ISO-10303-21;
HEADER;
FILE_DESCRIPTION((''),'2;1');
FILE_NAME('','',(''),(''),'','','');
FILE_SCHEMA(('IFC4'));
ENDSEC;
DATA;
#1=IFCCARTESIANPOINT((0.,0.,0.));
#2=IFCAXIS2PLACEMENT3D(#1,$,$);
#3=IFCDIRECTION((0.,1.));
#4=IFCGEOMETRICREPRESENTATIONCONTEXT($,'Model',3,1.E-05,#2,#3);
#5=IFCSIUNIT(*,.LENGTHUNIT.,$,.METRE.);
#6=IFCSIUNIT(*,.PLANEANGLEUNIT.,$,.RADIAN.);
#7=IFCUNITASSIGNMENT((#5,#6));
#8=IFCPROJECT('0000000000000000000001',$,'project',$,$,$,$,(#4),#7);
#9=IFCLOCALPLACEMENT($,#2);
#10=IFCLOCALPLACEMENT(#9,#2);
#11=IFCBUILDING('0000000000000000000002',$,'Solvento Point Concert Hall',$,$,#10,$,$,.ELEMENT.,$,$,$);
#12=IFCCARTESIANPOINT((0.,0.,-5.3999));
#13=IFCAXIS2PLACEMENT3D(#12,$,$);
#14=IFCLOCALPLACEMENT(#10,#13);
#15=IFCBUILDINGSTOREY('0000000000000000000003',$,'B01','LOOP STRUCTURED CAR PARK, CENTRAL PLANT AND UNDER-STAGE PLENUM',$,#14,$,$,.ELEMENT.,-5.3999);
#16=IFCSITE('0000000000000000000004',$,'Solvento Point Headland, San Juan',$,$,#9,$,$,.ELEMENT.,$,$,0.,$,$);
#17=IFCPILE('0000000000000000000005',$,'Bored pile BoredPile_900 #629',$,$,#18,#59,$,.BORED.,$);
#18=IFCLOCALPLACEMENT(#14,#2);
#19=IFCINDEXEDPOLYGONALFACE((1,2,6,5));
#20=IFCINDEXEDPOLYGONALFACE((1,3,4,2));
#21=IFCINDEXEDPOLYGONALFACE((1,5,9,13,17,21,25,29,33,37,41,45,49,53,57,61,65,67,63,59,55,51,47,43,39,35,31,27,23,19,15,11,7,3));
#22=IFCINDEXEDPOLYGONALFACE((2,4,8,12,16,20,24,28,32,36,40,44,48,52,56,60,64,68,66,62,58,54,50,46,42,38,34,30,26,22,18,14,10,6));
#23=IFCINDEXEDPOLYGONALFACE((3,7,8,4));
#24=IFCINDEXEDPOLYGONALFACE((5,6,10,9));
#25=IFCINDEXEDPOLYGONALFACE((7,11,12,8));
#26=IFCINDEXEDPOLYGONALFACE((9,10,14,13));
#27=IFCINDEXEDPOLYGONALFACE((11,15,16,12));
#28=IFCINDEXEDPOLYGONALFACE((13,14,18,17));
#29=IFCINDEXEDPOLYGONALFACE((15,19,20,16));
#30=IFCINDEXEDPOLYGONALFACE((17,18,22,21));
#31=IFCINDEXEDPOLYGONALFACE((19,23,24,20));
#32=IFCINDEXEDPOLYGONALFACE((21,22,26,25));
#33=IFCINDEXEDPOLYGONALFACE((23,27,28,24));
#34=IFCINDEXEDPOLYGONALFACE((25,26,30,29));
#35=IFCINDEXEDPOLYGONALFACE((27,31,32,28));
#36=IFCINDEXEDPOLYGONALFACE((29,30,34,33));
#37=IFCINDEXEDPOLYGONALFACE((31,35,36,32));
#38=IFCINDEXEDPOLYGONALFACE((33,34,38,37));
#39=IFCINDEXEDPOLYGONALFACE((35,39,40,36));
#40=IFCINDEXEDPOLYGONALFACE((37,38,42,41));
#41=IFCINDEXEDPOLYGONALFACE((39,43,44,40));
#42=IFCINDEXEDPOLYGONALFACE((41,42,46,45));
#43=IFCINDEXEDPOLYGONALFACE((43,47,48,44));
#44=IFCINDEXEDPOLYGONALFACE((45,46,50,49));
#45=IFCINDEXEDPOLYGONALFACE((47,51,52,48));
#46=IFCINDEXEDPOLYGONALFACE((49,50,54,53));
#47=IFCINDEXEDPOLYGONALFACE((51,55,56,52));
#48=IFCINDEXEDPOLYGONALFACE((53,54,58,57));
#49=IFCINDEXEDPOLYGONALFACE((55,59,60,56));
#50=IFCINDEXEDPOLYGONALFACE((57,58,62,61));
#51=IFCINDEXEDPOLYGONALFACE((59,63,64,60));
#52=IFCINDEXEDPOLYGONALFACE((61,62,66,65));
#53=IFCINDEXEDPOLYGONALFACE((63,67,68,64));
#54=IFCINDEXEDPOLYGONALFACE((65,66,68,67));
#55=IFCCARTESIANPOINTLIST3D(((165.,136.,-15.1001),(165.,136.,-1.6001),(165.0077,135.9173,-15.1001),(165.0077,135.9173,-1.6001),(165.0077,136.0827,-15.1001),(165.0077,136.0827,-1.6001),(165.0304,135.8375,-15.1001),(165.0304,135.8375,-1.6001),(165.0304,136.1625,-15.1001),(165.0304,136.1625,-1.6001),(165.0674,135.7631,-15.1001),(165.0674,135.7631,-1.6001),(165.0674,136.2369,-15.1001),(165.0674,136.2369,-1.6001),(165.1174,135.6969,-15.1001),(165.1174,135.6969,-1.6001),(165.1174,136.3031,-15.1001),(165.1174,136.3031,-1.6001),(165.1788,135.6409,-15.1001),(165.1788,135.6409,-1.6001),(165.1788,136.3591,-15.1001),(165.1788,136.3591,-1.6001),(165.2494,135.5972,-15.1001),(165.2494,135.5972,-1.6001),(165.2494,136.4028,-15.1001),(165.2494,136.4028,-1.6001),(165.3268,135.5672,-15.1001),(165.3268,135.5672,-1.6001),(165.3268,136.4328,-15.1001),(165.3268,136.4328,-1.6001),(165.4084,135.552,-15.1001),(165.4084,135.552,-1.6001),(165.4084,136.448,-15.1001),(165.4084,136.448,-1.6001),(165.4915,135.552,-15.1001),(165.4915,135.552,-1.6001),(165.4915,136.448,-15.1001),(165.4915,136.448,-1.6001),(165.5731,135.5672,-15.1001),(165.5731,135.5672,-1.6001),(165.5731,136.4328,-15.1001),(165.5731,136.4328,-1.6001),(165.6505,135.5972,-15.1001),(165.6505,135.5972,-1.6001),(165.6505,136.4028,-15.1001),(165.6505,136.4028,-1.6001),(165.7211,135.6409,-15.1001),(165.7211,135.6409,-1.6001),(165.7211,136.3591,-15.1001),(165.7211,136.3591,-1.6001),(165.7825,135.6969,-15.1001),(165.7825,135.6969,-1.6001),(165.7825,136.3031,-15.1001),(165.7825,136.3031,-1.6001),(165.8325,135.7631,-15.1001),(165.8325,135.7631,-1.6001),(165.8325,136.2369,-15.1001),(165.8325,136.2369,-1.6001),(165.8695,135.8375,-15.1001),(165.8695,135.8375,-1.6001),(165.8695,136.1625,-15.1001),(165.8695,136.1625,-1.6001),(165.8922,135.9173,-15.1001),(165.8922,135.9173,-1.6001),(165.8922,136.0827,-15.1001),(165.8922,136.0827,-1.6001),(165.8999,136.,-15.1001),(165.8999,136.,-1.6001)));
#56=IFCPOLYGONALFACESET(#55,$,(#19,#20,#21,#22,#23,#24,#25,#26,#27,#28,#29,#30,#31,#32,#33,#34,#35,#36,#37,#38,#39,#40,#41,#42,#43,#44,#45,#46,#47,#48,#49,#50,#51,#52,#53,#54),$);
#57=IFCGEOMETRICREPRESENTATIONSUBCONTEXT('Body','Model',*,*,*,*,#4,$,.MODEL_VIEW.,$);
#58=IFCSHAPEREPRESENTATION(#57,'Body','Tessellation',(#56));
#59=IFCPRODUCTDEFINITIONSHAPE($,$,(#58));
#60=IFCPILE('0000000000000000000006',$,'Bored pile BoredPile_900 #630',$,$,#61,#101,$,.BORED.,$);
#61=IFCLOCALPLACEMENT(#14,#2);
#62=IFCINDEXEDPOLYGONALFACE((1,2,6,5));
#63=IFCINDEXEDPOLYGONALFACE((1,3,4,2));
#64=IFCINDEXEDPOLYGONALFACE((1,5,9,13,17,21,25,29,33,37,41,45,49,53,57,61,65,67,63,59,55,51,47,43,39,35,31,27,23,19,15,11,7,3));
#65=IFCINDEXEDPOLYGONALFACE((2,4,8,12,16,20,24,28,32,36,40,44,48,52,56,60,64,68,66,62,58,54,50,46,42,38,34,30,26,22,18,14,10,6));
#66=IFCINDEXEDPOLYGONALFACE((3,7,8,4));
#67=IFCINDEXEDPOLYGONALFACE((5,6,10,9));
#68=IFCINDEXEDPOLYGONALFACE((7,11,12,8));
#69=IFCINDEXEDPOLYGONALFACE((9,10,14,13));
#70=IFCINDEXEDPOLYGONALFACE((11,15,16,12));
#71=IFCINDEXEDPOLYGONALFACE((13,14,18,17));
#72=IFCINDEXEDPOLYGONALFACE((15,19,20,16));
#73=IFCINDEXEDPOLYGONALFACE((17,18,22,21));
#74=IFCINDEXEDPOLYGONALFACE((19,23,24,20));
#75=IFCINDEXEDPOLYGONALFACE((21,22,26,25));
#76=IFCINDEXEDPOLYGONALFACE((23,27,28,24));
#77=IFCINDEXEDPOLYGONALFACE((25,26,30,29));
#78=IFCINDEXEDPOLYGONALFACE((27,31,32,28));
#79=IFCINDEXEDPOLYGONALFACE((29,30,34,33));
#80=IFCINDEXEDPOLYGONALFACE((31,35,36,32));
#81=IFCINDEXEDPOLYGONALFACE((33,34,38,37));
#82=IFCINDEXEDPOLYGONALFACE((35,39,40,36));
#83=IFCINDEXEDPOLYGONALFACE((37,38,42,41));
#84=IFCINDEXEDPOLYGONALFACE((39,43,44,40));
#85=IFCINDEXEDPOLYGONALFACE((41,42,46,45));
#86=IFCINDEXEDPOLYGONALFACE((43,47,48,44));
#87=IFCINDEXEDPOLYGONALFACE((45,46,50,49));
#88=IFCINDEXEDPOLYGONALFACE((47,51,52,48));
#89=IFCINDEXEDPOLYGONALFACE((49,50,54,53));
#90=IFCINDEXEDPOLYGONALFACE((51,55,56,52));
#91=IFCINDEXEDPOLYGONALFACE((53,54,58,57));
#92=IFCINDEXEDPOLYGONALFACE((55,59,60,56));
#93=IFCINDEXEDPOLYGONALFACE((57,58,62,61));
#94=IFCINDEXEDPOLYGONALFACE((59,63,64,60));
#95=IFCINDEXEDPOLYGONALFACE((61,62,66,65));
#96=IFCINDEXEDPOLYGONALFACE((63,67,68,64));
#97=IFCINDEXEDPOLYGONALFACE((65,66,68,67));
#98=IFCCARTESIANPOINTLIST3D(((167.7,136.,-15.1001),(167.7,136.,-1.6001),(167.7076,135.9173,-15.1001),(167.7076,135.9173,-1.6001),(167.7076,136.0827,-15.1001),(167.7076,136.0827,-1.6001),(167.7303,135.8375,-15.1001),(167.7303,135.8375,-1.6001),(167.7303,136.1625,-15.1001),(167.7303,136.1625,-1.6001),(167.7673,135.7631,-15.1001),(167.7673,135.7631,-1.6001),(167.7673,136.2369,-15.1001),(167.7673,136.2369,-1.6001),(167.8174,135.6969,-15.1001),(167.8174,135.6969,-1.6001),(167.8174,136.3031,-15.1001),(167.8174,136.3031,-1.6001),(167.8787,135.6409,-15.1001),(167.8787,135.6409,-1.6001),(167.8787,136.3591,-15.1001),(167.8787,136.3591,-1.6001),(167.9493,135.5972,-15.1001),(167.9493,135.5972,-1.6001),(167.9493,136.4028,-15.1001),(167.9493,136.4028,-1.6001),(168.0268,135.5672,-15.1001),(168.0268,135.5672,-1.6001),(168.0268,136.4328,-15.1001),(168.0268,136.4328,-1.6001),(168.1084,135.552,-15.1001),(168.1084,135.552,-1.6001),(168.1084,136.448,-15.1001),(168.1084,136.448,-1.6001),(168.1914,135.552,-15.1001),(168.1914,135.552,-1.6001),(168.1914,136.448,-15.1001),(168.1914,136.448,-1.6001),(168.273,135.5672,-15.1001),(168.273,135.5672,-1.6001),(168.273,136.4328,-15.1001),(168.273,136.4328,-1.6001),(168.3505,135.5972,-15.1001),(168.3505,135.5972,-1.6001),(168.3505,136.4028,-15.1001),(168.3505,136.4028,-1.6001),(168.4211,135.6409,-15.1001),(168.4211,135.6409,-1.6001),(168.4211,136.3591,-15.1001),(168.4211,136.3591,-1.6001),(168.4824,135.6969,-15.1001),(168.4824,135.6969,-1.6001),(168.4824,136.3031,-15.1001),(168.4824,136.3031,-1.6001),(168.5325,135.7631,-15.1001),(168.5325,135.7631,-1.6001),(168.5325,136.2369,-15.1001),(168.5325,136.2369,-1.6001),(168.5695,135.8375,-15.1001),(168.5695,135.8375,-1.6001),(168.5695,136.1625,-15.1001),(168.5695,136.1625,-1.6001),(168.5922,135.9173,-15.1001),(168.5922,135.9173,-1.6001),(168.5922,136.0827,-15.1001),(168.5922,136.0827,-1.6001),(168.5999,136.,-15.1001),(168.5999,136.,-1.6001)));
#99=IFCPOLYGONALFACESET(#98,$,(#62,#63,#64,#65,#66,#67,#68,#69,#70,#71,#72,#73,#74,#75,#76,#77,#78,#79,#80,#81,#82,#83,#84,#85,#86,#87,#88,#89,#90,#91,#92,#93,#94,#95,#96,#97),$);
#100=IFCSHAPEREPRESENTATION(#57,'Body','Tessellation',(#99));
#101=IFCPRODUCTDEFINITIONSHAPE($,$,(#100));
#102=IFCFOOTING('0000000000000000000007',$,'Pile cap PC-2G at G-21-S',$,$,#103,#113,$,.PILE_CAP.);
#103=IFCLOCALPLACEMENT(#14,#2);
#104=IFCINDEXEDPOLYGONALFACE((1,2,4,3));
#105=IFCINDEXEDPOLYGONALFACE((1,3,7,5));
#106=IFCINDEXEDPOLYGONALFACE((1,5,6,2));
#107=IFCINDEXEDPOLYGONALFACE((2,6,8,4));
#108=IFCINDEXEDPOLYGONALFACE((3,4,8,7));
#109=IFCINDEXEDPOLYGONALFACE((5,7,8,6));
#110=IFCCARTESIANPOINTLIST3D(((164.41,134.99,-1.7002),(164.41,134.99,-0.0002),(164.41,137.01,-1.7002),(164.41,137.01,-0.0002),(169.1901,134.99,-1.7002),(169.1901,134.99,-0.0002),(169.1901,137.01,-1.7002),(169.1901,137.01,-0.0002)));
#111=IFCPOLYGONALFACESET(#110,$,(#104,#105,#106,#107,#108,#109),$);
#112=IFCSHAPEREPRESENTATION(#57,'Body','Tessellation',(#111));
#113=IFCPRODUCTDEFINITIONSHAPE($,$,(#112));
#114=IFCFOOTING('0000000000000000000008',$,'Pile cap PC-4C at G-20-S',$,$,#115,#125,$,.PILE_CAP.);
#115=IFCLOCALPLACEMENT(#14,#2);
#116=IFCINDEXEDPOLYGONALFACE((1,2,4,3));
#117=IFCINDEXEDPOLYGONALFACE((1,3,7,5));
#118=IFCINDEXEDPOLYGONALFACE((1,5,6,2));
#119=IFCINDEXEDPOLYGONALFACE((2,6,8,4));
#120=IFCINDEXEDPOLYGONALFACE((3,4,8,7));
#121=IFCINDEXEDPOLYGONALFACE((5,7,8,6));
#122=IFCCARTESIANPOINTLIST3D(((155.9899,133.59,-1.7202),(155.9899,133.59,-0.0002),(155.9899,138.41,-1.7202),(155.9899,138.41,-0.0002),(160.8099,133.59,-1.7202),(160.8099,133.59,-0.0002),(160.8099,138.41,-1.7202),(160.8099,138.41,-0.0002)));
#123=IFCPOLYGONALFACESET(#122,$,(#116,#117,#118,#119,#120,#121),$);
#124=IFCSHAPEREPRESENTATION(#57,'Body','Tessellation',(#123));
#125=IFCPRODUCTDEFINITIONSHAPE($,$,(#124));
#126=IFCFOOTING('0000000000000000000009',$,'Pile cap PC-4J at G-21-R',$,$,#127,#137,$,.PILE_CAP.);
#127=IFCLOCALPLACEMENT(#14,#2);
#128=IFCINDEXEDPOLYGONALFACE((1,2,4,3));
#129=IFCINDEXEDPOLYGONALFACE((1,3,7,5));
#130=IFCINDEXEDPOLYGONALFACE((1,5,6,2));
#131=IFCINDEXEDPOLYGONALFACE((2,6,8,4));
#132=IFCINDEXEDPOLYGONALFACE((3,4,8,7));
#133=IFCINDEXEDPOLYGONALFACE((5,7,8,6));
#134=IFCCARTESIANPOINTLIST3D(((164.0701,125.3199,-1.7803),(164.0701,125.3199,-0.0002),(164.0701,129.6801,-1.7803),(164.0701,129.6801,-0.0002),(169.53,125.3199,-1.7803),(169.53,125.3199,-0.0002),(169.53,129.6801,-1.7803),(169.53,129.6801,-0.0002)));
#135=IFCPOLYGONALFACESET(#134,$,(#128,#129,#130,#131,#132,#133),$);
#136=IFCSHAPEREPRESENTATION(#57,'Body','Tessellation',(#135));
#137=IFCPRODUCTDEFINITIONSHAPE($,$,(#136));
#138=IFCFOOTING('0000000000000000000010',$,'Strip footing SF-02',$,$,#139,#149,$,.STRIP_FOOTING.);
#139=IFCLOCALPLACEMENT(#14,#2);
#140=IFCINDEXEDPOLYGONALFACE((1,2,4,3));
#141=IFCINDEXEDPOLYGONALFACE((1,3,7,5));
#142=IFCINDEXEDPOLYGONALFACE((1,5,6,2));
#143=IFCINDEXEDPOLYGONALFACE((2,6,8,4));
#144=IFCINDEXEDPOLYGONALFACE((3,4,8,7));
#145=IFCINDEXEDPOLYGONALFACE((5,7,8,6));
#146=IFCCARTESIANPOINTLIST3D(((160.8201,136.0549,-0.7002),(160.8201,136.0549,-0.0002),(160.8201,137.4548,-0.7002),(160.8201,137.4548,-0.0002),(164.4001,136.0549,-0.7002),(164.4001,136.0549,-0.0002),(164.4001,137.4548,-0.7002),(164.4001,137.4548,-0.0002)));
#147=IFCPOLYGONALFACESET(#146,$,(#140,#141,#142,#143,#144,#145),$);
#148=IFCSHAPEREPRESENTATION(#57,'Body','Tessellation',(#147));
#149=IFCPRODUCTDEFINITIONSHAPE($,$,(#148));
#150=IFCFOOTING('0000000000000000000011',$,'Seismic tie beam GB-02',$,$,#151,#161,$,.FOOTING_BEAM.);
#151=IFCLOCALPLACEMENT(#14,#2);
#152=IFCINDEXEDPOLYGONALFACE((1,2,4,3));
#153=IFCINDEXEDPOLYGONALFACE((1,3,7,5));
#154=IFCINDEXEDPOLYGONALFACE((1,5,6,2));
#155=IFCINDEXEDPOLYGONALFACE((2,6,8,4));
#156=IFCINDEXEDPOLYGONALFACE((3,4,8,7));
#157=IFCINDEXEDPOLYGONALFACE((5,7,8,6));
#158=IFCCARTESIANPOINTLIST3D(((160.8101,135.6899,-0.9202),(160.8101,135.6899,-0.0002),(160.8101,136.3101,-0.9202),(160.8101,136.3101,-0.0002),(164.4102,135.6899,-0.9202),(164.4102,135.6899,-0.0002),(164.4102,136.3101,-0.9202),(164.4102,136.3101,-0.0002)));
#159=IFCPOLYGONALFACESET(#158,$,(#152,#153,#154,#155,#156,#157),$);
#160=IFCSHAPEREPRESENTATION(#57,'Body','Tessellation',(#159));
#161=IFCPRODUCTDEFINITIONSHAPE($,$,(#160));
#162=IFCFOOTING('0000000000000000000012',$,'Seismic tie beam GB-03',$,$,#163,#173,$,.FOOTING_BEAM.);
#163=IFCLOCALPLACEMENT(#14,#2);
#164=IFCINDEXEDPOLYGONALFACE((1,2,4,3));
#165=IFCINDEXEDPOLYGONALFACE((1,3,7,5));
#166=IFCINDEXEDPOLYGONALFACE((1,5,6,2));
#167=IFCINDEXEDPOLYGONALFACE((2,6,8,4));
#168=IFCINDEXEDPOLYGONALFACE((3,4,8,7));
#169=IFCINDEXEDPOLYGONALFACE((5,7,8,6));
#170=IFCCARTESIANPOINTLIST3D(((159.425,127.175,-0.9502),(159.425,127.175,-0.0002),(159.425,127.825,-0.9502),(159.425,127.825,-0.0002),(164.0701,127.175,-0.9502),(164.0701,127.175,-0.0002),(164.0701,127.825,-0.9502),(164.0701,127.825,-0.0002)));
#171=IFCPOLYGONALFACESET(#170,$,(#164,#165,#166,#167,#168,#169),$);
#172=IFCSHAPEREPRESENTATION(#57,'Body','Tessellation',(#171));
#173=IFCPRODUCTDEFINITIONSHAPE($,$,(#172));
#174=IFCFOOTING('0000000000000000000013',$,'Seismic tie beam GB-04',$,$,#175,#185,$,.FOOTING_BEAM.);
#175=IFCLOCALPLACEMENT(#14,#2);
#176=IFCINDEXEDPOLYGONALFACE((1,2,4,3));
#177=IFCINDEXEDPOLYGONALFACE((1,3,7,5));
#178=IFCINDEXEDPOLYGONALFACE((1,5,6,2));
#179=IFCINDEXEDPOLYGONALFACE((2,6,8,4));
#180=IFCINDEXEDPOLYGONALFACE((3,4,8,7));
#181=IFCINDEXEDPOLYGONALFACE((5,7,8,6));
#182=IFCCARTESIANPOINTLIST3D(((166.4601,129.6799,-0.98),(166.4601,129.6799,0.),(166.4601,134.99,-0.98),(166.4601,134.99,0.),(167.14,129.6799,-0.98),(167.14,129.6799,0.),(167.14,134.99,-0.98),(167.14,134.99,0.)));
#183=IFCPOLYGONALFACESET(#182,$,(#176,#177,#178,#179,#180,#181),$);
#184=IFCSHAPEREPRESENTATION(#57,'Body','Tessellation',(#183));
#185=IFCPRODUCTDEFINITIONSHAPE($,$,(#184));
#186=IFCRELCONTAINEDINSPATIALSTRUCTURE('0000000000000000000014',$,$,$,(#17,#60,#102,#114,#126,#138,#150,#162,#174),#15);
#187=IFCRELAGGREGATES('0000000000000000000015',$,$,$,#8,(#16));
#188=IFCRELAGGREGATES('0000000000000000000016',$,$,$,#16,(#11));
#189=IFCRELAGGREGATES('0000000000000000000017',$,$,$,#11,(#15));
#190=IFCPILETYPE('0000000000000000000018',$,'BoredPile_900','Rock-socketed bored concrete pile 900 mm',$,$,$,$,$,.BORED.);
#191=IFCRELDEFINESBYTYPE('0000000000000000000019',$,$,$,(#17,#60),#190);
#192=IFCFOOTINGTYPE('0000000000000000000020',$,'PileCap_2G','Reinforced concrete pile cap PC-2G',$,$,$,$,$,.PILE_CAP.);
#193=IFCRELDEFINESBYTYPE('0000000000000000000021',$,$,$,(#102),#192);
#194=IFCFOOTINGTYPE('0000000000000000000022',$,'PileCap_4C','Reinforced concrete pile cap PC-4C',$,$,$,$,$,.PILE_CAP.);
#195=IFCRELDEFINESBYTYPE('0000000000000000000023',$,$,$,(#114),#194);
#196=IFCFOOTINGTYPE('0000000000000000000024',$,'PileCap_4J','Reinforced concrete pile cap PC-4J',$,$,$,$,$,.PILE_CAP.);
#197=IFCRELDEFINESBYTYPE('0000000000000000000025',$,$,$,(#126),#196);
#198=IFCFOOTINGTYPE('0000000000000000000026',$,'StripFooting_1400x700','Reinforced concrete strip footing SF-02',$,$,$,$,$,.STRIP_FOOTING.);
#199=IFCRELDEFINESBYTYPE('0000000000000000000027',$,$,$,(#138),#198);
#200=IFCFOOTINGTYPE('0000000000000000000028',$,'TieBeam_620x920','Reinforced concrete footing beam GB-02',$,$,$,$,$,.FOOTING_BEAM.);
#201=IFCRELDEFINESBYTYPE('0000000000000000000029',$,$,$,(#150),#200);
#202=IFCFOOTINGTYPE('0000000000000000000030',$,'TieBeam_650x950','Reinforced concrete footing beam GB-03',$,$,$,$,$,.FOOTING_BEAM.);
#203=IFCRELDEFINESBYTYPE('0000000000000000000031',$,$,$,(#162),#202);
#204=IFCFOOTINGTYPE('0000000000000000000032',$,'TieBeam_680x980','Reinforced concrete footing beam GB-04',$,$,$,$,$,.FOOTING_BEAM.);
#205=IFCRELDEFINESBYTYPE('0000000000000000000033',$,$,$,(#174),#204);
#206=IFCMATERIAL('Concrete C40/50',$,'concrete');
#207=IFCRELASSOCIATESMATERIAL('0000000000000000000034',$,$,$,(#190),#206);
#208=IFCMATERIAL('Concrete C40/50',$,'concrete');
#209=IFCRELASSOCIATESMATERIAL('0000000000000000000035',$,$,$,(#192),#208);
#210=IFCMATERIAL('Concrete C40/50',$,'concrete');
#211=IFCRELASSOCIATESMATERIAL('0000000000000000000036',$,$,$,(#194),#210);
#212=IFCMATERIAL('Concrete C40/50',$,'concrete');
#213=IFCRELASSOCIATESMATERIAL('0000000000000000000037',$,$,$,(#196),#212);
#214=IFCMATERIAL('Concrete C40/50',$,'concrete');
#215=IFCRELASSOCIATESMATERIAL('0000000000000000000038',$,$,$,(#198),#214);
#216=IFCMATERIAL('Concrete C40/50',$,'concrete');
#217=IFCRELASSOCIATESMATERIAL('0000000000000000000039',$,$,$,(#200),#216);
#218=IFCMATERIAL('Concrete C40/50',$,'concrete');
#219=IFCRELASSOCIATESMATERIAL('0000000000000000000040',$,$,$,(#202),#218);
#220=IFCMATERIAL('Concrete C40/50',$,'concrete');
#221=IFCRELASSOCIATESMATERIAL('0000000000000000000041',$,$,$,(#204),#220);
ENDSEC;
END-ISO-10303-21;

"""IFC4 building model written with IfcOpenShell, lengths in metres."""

from ifc_helpers import new_model, si_unit, direction, frame, origin, origin_2d, place, context, subcontext, project, spatial, rectangle, circle, extrude, material, material_profile, profile_set, type_object, element, save


model = new_model("IFC4")

# Units and contexts
model_context = context("Model", 3, precision=1e-05, world=origin(), true_north=direction((0.0, 1.0)))
body_context = subcontext(model_context, "Body", "Model", "MODEL_VIEW")
ifc_project = project(units=[si_unit("LENGTHUNIT", "METRE"), si_unit("PLANEANGLEUNIT", "RADIAN")], contexts=[model_context])

# Site, building, storey
site_placement = place(None, origin())
site = spatial("IfcSite", under=ifc_project, at=site_placement, Name="Solvento Point Headland, San Juan", CompositionType="ELEMENT", RefElevation=0.0)
building_placement = place(site_placement, origin())
building = spatial("IfcBuilding", under=site, at=building_placement, Name="Solvento Point Concert Hall", CompositionType="ELEMENT")
storey_placement = place(building_placement, frame((0.0, 0.0, -5.3999)))
storey = spatial("IfcBuildingStorey", under=building, at=storey_placement, Name="B01", Description="LOOP STRUCTURED CAR PARK, CENTRAL PLANT AND UNDER-STAGE PLENUM", CompositionType="ELEMENT", Elevation=-5.3999)

# Piles
ifc_material_1 = material(Name="Concrete C40/50", Category="concrete")
ifc_material_profile_1 = material_profile(ifc_material_1, circle(Radius=0.45, at=origin_2d()), Name="BP-900")
ifc_profile_set_1 = profile_set([ifc_material_profile_1], Name="Concrete C40/50")
pile_type_1 = type_object("IfcPileType", Name="BoredPile_900", Description="Rock-socketed bored concrete pile 900 mm", PredefinedType="BORED", material=ifc_profile_set_1)
for number, where, z_axis, x_axis, name in (
    (1, (165.45, 136.0, -1.6001), (0.0, 0.0, -1.0), (1.0, 0.0, 0.0), "Bored pile BoredPile_900 #629"),
    (2, (168.1499, 136.0, -1.6001), (0.0, 0.0, -1.0), (1.0, 0.0, 0.0), "Bored pile BoredPile_900 #630"),
):
    element("IfcPile", number, at=place(storey_placement, frame(where, z_axis=z_axis, x_axis=x_axis)), inside=storey, type_object=pile_type_1, Name=name, PredefinedType="BORED", context=body_context, shape_type="SweptSolid", body=[
        extrude(circle(Radius=0.45, at=origin_2d()), origin(), (0.0, 0.0, 1.0), 13.5),
    ])

# Footings
ifc_material_2 = material(Name="Concrete C40/50", Category="concrete")
footing_type_1 = type_object("IfcFootingType", Name="PileCap_2G", Description="Reinforced concrete pile cap PC-2G", PredefinedType="PILE_CAP", material=ifc_material_2)
footing_1_placement = place(storey_placement, frame((166.8, 136.0, -1.7002), z_axis=(0.0, 0.0, 1.0), x_axis=(1.0, 0.0, 0.0)))
element("IfcFooting", 3, at=footing_1_placement, inside=storey, type_object=footing_type_1, Name="Pile cap PC-2G at G-21-S", PredefinedType="PILE_CAP", context=body_context, shape_type="SweptSolid", body=[
    extrude(rectangle(XDim=4.78, YDim=2.02, at=origin_2d()), origin(), (0.0, 0.0, 1.0), 1.7),
])
ifc_material_3 = material(Name="Concrete C40/50", Category="concrete")
footing_type_2 = type_object("IfcFootingType", Name="PileCap_4C", Description="Reinforced concrete pile cap PC-4C", PredefinedType="PILE_CAP", material=ifc_material_3)
footing_2_placement = place(storey_placement, frame((158.3999, 136.0, -1.7202), z_axis=(0.0, 0.0, 1.0), x_axis=(1.0, 0.0, 0.0)))
element("IfcFooting", 4, at=footing_2_placement, inside=storey, type_object=footing_type_2, Name="Pile cap PC-4C at G-20-S", PredefinedType="PILE_CAP", context=body_context, shape_type="SweptSolid", body=[
    extrude(rectangle(XDim=4.8201, YDim=4.8201, at=origin_2d()), origin(), (0.0, 0.0, 1.0), 1.72),
])
ifc_material_4 = material(Name="Concrete C40/50", Category="concrete")
footing_type_3 = type_object("IfcFootingType", Name="PileCap_4J", Description="Reinforced concrete pile cap PC-4J", PredefinedType="PILE_CAP", material=ifc_material_4)
footing_3_placement = place(storey_placement, frame((166.8, 127.5, -1.7803), z_axis=(0.0, 0.0, 1.0), x_axis=(1.0, 0.0, 0.0)))
element("IfcFooting", 5, at=footing_3_placement, inside=storey, type_object=footing_type_3, Name="Pile cap PC-4J at G-21-R", PredefinedType="PILE_CAP", context=body_context, shape_type="SweptSolid", body=[
    extrude(rectangle(XDim=5.46, YDim=4.3601, at=origin_2d()), origin(), (0.0, 0.0, 1.0), 1.78),
])
ifc_material_5 = material(Name="Concrete C40/50", Category="concrete")
footing_type_4 = type_object("IfcFootingType", Name="StripFooting_1400x700", Description="Reinforced concrete strip footing SF-02", PredefinedType="STRIP_FOOTING", material=ifc_material_5)
footing_4_placement = place(storey_placement, frame((162.6101, 136.7549, -0.7002), z_axis=(0.0, 0.0, 1.0), x_axis=(1.0, 0.0, 0.0)))
element("IfcFooting", 6, at=footing_4_placement, inside=storey, type_object=footing_type_4, Name="Strip footing SF-02", PredefinedType="STRIP_FOOTING", context=body_context, shape_type="SweptSolid", body=[
    extrude(rectangle(XDim=3.5801, YDim=1.3999, at=origin_2d()), origin(), (0.0, 0.0, 1.0), 0.7),
])
ifc_material_6 = material(Name="Concrete C40/50", Category="concrete")
footing_type_5 = type_object("IfcFootingType", Name="TieBeam_620x920", Description="Reinforced concrete footing beam GB-02", PredefinedType="FOOTING_BEAM", material=ifc_material_6)
footing_5_placement = place(storey_placement, frame((162.6101, 136.0, -0.9202), z_axis=(0.0, 0.0, 1.0), x_axis=(1.0, 0.0, 0.0)))
element("IfcFooting", 7, at=footing_5_placement, inside=storey, type_object=footing_type_5, Name="Seismic tie beam GB-02", PredefinedType="FOOTING_BEAM", context=body_context, shape_type="SweptSolid", body=[
    extrude(rectangle(XDim=3.6001, YDim=0.6201, at=origin_2d()), origin(), (0.0, 0.0, 1.0), 0.9199),
])
ifc_material_7 = material(Name="Concrete C40/50", Category="concrete")
footing_type_6 = type_object("IfcFootingType", Name="TieBeam_650x950", Description="Reinforced concrete footing beam GB-03", PredefinedType="FOOTING_BEAM", material=ifc_material_7)
footing_6_placement = place(storey_placement, frame((161.7476, 127.5, -0.9502), z_axis=(0.0, 0.0, 1.0), x_axis=(1.0, 0.0, 0.0)))
element("IfcFooting", 8, at=footing_6_placement, inside=storey, type_object=footing_type_6, Name="Seismic tie beam GB-03", PredefinedType="FOOTING_BEAM", context=body_context, shape_type="SweptSolid", body=[
    extrude(rectangle(XDim=4.645, YDim=0.6499, at=origin_2d()), origin(), (0.0, 0.0, 1.0), 0.95),
])
ifc_material_8 = material(Name="Concrete C40/50", Category="concrete")
footing_type_7 = type_object("IfcFootingType", Name="TieBeam_680x980", Description="Reinforced concrete footing beam GB-04", PredefinedType="FOOTING_BEAM", material=ifc_material_8)
footing_7_placement = place(storey_placement, frame((166.8, 132.335, -0.98), z_axis=(0.0, 0.0, 1.0), x_axis=(0.0, 1.0, 0.0)))
element("IfcFooting", 9, at=footing_7_placement, inside=storey, type_object=footing_type_7, Name="Seismic tie beam GB-04", PredefinedType="FOOTING_BEAM", context=body_context, shape_type="SweptSolid", body=[
    extrude(rectangle(XDim=5.3101, YDim=0.6799, at=origin_2d()), origin(), (0.0, 0.0, 1.0), 0.98),
])

save(model, "model.ifc")
